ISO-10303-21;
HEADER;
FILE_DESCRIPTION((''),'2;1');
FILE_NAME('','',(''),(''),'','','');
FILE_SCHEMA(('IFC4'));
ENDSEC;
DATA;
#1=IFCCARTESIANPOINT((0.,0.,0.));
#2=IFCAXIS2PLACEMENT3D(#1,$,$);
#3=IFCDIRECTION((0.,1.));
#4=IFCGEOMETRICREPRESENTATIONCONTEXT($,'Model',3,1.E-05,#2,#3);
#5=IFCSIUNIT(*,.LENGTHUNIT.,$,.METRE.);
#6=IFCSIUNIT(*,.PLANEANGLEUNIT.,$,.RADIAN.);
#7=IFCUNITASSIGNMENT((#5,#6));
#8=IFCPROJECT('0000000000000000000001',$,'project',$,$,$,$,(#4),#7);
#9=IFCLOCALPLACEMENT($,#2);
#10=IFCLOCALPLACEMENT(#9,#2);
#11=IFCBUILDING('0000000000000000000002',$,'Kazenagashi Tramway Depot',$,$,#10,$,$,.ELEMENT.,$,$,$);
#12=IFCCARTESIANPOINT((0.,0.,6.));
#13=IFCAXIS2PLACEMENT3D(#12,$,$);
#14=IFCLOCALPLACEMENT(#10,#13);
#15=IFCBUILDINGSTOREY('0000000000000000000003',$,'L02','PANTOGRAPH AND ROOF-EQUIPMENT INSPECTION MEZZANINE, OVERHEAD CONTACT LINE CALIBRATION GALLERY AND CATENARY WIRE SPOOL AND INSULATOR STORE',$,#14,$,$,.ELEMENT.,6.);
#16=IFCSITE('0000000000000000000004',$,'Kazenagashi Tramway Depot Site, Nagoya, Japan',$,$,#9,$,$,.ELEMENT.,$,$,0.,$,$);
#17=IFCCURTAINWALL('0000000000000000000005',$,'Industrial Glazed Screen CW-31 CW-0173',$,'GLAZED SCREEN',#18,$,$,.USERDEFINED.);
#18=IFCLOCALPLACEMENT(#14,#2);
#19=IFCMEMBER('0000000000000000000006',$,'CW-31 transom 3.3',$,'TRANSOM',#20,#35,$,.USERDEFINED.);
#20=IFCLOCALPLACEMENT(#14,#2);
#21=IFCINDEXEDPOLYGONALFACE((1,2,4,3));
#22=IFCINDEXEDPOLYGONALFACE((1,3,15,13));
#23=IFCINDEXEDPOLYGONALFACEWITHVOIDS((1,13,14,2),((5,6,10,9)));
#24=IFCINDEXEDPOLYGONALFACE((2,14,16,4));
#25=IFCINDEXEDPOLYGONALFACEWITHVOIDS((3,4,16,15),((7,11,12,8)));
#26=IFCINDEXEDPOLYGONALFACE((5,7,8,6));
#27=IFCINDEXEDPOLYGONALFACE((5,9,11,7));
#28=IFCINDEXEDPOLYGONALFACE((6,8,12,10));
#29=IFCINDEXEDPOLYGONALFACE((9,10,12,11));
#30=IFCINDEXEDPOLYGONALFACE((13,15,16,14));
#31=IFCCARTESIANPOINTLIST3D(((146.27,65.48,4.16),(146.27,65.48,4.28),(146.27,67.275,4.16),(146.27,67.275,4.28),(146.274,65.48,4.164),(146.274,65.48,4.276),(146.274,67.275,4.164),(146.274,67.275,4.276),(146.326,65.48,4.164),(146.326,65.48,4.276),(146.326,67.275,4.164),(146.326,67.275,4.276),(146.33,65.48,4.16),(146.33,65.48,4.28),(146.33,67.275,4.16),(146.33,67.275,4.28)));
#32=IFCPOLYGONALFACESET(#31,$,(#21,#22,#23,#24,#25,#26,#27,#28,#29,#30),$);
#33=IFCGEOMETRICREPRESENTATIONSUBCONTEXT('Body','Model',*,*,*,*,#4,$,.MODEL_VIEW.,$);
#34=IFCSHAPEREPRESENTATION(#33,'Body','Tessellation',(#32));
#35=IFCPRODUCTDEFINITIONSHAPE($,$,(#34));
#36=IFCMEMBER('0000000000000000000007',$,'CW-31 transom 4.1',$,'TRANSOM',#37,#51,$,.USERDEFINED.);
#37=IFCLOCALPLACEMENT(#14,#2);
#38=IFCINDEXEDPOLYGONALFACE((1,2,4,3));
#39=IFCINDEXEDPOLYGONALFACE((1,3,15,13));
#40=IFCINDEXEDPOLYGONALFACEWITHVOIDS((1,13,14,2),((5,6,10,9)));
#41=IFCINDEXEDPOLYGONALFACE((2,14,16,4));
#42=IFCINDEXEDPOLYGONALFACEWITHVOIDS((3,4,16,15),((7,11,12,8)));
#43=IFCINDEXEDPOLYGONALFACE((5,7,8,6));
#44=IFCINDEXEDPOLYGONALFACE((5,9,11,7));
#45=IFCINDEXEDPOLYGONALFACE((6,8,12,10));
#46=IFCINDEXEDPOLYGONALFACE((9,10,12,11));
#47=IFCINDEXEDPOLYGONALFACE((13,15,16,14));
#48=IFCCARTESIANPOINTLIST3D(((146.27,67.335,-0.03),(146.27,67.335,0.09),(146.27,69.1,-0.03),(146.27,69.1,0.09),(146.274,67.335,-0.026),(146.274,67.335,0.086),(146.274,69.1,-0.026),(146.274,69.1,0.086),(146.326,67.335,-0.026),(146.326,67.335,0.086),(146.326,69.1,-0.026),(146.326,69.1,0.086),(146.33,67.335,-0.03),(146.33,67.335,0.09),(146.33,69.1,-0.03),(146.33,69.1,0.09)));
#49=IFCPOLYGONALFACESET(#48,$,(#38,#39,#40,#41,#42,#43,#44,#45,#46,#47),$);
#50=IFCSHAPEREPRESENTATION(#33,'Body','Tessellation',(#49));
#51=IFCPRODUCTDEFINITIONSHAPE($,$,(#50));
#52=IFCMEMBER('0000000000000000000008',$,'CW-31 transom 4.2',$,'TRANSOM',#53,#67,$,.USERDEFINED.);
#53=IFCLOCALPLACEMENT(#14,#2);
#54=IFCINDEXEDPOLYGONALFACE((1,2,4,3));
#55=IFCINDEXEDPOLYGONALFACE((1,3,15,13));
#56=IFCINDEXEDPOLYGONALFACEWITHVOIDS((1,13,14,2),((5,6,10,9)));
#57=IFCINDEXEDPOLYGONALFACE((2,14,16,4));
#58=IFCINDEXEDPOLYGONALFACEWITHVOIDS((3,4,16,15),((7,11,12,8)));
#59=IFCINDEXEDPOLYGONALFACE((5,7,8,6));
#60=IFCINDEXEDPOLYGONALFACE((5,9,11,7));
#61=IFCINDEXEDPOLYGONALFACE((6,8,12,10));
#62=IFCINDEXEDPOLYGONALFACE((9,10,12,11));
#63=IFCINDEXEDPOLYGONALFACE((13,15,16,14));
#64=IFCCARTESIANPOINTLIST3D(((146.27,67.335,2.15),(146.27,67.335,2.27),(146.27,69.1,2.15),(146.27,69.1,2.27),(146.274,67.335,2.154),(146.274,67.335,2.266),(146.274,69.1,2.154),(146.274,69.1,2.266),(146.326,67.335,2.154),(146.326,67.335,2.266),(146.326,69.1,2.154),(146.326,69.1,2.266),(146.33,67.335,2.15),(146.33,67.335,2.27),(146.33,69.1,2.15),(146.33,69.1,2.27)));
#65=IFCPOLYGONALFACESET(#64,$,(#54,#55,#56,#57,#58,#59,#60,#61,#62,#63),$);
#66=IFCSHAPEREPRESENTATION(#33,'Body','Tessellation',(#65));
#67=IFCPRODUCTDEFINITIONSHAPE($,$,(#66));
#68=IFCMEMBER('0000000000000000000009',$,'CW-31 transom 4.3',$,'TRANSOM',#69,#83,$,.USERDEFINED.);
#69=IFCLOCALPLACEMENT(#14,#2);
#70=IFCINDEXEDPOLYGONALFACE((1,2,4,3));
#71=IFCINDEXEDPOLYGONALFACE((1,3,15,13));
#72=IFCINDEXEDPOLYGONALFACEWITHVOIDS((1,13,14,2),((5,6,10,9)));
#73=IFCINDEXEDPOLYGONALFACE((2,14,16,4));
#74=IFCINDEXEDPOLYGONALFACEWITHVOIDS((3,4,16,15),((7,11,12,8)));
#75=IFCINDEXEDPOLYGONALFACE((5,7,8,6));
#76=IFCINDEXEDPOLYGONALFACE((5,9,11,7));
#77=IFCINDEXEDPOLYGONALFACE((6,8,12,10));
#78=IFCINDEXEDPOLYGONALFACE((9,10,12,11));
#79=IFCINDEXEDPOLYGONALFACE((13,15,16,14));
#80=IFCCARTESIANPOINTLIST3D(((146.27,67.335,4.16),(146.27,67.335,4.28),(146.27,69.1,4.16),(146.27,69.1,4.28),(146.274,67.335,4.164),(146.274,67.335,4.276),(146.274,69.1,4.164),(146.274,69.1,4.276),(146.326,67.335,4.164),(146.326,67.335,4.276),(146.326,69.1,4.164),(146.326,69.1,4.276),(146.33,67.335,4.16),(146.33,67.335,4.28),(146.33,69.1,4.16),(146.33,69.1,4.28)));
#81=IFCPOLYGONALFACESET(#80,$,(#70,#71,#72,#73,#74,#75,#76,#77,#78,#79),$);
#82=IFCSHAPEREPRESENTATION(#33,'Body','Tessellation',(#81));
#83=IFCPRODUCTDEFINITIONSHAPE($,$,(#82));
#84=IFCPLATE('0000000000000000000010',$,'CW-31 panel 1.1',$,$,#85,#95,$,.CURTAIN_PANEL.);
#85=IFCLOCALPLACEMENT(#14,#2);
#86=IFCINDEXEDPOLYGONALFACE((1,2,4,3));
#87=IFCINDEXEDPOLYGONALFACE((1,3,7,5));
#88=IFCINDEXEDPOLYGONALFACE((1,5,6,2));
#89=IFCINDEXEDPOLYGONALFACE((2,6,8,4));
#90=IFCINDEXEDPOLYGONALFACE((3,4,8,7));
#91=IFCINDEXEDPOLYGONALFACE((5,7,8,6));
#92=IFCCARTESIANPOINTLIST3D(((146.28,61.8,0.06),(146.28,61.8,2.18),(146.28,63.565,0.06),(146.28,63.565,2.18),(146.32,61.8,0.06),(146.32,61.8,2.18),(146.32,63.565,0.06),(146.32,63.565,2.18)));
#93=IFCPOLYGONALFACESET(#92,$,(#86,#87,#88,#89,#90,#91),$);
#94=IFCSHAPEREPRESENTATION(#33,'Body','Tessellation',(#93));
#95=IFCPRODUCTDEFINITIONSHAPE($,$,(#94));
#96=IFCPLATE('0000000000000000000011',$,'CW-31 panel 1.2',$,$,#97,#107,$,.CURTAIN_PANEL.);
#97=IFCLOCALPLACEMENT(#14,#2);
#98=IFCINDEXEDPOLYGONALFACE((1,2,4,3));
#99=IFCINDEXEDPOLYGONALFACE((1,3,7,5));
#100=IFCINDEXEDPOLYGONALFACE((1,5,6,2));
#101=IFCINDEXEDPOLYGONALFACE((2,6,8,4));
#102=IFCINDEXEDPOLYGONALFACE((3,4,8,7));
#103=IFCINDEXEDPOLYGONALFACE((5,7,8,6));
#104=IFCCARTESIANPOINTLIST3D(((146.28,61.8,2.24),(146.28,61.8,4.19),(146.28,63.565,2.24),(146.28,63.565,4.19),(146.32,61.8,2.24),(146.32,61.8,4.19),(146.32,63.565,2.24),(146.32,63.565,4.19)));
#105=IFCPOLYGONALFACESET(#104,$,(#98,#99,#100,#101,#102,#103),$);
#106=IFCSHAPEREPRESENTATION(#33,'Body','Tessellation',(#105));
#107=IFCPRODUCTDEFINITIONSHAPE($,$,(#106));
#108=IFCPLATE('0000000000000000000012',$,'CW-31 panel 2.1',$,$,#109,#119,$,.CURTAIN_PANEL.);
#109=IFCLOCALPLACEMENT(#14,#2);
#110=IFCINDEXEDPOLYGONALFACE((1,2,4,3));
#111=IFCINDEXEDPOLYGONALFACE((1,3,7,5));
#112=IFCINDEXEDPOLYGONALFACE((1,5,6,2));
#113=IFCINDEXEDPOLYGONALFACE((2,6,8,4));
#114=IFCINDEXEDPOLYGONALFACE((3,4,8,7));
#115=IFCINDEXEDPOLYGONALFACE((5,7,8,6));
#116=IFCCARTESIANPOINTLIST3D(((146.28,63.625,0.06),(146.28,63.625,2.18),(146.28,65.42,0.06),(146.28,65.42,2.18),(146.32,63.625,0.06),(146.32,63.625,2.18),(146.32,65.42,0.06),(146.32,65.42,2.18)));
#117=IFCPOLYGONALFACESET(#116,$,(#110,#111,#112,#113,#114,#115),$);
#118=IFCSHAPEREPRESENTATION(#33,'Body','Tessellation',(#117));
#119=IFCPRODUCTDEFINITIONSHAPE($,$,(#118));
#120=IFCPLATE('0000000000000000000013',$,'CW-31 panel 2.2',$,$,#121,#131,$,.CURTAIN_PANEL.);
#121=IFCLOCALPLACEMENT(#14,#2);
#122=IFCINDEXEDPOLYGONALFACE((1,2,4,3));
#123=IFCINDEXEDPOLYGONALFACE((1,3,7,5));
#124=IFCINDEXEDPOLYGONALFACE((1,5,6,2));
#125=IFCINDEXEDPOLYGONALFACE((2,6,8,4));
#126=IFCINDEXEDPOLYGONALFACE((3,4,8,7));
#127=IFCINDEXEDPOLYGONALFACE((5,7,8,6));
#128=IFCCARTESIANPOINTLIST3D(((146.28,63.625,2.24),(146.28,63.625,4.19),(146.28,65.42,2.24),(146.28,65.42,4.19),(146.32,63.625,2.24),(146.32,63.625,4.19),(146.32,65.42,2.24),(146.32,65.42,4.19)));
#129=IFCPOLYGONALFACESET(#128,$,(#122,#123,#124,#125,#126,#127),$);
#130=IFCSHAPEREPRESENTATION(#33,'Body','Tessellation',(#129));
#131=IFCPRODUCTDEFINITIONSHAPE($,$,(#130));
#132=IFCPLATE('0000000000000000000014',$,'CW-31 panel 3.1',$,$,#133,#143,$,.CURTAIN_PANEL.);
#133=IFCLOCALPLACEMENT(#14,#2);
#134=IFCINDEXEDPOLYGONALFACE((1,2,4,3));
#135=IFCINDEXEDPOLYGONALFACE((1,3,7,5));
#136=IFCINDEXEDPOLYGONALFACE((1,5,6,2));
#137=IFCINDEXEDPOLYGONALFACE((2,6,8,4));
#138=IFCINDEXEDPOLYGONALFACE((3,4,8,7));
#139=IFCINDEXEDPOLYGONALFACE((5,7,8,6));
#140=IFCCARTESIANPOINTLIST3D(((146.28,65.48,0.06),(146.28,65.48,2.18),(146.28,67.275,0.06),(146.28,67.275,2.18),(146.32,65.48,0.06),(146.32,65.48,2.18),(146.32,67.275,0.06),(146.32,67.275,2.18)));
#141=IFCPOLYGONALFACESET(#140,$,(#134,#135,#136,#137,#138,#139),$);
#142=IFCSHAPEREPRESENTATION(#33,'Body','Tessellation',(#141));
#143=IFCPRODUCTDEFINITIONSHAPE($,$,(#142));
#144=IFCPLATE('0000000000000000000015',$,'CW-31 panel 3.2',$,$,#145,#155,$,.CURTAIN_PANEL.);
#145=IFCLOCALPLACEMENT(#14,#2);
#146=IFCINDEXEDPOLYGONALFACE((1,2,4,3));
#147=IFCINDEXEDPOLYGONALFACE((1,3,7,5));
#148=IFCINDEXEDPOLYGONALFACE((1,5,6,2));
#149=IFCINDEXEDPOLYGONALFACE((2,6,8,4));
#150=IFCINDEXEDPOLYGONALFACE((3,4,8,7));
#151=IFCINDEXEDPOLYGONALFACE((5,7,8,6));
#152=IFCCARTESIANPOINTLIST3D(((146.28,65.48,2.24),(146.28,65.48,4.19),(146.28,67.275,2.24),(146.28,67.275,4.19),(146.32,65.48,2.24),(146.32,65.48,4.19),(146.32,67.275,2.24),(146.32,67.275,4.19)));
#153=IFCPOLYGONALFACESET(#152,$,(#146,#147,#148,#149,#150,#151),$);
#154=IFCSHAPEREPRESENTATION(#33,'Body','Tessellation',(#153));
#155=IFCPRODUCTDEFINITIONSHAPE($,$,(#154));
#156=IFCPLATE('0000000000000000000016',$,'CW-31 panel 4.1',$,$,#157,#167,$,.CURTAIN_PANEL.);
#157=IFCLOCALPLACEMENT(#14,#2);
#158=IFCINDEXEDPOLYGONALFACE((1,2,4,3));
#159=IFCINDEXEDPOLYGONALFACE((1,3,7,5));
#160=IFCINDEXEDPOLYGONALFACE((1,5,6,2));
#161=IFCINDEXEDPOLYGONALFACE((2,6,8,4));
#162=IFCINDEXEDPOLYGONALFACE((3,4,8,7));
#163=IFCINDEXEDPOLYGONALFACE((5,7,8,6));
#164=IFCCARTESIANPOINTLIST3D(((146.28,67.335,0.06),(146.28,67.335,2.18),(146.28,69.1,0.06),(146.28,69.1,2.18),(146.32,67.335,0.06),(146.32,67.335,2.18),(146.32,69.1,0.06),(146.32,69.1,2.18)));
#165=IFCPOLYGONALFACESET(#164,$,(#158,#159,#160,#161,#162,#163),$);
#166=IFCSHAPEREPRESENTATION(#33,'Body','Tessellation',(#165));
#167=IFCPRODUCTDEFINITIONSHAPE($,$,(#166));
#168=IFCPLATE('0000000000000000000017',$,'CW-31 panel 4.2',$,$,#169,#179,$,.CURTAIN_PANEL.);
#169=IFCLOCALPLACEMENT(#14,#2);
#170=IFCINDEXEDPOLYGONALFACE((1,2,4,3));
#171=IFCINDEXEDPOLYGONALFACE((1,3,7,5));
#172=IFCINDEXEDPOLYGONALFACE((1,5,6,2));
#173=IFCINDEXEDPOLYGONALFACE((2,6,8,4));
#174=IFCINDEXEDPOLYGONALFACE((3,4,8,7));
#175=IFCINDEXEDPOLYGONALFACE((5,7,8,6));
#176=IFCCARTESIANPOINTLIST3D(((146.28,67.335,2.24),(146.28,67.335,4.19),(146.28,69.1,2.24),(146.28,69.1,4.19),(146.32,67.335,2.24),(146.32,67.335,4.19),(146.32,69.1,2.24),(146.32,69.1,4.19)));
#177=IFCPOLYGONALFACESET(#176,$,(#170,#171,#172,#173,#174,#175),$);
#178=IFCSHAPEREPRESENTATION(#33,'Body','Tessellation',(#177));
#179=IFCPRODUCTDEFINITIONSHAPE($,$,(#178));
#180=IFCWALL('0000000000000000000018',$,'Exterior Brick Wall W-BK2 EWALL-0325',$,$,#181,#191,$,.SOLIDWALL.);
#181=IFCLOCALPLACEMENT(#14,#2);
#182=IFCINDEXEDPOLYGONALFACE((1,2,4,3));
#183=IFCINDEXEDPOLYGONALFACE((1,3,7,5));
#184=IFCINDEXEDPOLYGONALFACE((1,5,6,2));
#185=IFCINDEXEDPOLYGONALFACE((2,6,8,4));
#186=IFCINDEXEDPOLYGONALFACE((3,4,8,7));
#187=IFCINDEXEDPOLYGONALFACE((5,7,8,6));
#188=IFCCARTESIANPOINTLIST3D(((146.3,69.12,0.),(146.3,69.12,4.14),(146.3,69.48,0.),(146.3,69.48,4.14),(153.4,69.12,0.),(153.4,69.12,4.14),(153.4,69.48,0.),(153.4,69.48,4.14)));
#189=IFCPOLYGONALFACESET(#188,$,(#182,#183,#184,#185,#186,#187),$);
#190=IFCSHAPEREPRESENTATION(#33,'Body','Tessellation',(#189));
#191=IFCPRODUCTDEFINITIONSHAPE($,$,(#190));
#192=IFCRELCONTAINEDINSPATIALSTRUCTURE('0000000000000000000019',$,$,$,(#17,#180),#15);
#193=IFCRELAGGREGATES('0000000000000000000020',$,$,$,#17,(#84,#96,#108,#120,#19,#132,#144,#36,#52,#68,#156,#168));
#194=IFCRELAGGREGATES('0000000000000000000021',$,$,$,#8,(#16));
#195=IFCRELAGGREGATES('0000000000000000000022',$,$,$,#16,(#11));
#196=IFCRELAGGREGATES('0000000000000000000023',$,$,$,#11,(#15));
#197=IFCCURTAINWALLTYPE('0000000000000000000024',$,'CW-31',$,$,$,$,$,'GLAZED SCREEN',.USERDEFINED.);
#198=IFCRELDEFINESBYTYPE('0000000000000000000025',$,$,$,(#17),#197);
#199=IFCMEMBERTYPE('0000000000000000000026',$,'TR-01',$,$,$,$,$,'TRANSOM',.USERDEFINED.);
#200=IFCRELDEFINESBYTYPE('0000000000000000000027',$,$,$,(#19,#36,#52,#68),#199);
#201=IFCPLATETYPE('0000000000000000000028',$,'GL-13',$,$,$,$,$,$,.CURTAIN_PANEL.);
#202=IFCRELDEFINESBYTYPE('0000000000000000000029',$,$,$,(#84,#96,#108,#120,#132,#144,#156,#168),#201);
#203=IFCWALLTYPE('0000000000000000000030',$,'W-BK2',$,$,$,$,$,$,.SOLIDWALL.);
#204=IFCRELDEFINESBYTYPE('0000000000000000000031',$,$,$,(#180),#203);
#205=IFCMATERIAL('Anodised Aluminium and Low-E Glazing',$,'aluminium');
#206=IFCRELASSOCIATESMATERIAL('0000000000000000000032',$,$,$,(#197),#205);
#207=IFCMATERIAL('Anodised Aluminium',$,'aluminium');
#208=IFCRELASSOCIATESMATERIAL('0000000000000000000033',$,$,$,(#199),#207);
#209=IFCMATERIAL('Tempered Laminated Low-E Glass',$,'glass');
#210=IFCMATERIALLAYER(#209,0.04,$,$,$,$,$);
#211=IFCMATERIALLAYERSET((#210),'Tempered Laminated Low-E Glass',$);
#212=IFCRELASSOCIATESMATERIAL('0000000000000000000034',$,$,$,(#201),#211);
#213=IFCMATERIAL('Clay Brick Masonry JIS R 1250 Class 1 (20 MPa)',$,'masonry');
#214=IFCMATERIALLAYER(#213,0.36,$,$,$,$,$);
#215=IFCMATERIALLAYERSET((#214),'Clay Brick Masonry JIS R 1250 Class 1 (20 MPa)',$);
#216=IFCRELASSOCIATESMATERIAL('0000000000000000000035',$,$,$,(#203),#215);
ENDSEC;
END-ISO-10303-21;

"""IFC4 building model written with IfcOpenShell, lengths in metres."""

from ifc_helpers import new_model, si_unit, direction, frame, frame_2d, origin, origin_2d, place, context, subcontext, project, spatial, rectangle, hollow_rectangle, extrude, material, layer, layer_set, material_profile, profile_set, type_object, element, aggregate, save


model = new_model("IFC4")

# Units and contexts
model_context = context("Model", 3, precision=1e-05, world=origin(), true_north=direction((0.0, 1.0)))
body_context = subcontext(model_context, "Body", "Model", "MODEL_VIEW")
ifc_project = project(units=[si_unit("LENGTHUNIT", "METRE"), si_unit("PLANEANGLEUNIT", "RADIAN")], contexts=[model_context])

# Site, building, storey
site_placement = place(None, origin())
site = spatial("IfcSite", under=ifc_project, at=site_placement, Name="Kazenagashi Tramway Depot Site, Nagoya, Japan", CompositionType="ELEMENT", RefElevation=0.0)
building_placement = place(site_placement, origin())
building = spatial("IfcBuilding", under=site, at=building_placement, Name="Kazenagashi Tramway Depot", CompositionType="ELEMENT")
storey_placement = place(building_placement, frame((0.0, 0.0, 6.0)))
storey = spatial("IfcBuildingStorey", under=building, at=storey_placement, Name="L02", Description="PANTOGRAPH AND ROOF-EQUIPMENT INSPECTION MEZZANINE, OVERHEAD CONTACT LINE CALIBRATION GALLERY AND CATENARY WIRE SPOOL AND INSULATOR STORE", CompositionType="ELEMENT", Elevation=6.0)

# Curtain wall
ifc_material_1 = material(Name="Anodised Aluminium and Low-E Glazing", Category="aluminium")
curtain_wall_type = type_object("IfcCurtainWallType", Name="CW-31", ElementType="GLAZED SCREEN", PredefinedType="USERDEFINED", material=ifc_material_1)
curtain_wall_placement = place(storey_placement, origin())
curtain_wall = element("IfcCurtainWall", 1, at=curtain_wall_placement, inside=storey, type_object=curtain_wall_type, Name="Industrial Glazed Screen CW-31 CW-0173", ObjectType="GLAZED SCREEN", PredefinedType="USERDEFINED")
ifc_material_2 = material(Name="Anodised Aluminium", Category="aluminium")

# Members
ifc_material_profile_1 = material_profile(ifc_material_2, hollow_rectangle(XDim=0.06, YDim=0.12, WallThickness=0.004, at=origin_2d()), Name="RHS-120x60x4")
ifc_profile_set_1 = profile_set([ifc_material_profile_1], Name="Anodised Aluminium")
member_type_1 = type_object("IfcMemberType", Name="TR-01", ElementType="TRANSOM", PredefinedType="USERDEFINED", material=ifc_profile_set_1)
member_1_placement = place(storey_placement, frame((146.3, 65.48, 4.22), z_axis=(0.0, 1.0, 0.0), x_axis=(-1.0, 0.0, 0.0)))
member_1 = element("IfcMember", 2, at=member_1_placement, type_object=member_type_1, Name="CW-31 transom 3.3", ObjectType="TRANSOM", PredefinedType="USERDEFINED", context=body_context, shape_type="SweptSolid", body=[
    extrude(hollow_rectangle(XDim=0.06, YDim=0.12, WallThickness=0.004, at=origin_2d()), origin(), (0.0, 0.0, 1.0), 1.795),
])
member_2_placement = place(storey_placement, frame((146.3, 67.335, 0.03), z_axis=(0.0, 1.0, 0.0), x_axis=(-1.0, 0.0, 0.0)))
member_2 = element("IfcMember", 3, at=member_2_placement, type_object=member_type_1, Name="CW-31 transom 4.1", ObjectType="TRANSOM", PredefinedType="USERDEFINED", context=body_context, shape_type="SweptSolid", body=[
    extrude(hollow_rectangle(XDim=0.06, YDim=0.12, WallThickness=0.004, at=origin_2d()), origin(), (0.0, 0.0, 1.0), 1.765),
])
member_3_placement = place(storey_placement, frame((146.3, 67.335, 2.21), z_axis=(0.0, 1.0, 0.0), x_axis=(-1.0, 0.0, 0.0)))
member_3 = element("IfcMember", 4, at=member_3_placement, type_object=member_type_1, Name="CW-31 transom 4.2", ObjectType="TRANSOM", PredefinedType="USERDEFINED", context=body_context, shape_type="SweptSolid", body=[
    extrude(hollow_rectangle(XDim=0.06, YDim=0.12, WallThickness=0.004, at=origin_2d()), origin(), (0.0, 0.0, 1.0), 1.765),
])
member_4_placement = place(storey_placement, frame((146.3, 67.335, 4.22), z_axis=(0.0, 1.0, 0.0), x_axis=(-1.0, 0.0, 0.0)))
member_4 = element("IfcMember", 5, at=member_4_placement, type_object=member_type_1, Name="CW-31 transom 4.3", ObjectType="TRANSOM", PredefinedType="USERDEFINED", context=body_context, shape_type="SweptSolid", body=[
    extrude(hollow_rectangle(XDim=0.06, YDim=0.12, WallThickness=0.004, at=origin_2d()), origin(), (0.0, 0.0, 1.0), 1.765),
])

# Plates
ifc_material_3 = material(Name="Tempered Laminated Low-E Glass", Category="glass")
ifc_layer_1 = layer(ifc_material_3, 0.04)
ifc_layer_set_1 = layer_set([ifc_layer_1], Name="Tempered Laminated Low-E Glass")
plate_type = type_object("IfcPlateType", Name="GL-13", PredefinedType="CURTAIN_PANEL", material=ifc_layer_set_1)
plate_1_placement = place(storey_placement, frame((146.3, 62.6825, 0.06), z_axis=(0.0, 0.0, 1.0), x_axis=(0.0, 1.0, 0.0)))
plate_1 = element("IfcPlate", 6, at=plate_1_placement, type_object=plate_type, Name="CW-31 panel 1.1", PredefinedType="CURTAIN_PANEL", context=body_context, shape_type="SweptSolid", body=[
    extrude(rectangle(XDim=1.765, YDim=0.04, at=origin_2d()), origin(), (0.0, 0.0, 1.0), 2.12),
])
plate_2_placement = place(storey_placement, frame((146.3, 62.6825, 2.24), z_axis=(0.0, 0.0, 1.0), x_axis=(0.0, 1.0, 0.0)))
plate_2 = element("IfcPlate", 7, at=plate_2_placement, type_object=plate_type, Name="CW-31 panel 1.2", PredefinedType="CURTAIN_PANEL", context=body_context, shape_type="SweptSolid", body=[
    extrude(rectangle(XDim=1.765, YDim=0.04, at=origin_2d()), origin(), (0.0, 0.0, 1.0), 1.95),
])
plate_3_placement = place(storey_placement, frame((146.3, 64.5225, 0.06), z_axis=(0.0, 0.0, 1.0), x_axis=(0.0, 1.0, 0.0)))
plate_3 = element("IfcPlate", 8, at=plate_3_placement, type_object=plate_type, Name="CW-31 panel 2.1", PredefinedType="CURTAIN_PANEL", context=body_context, shape_type="SweptSolid", body=[
    extrude(rectangle(XDim=1.795, YDim=0.04, at=origin_2d()), origin(), (0.0, 0.0, 1.0), 2.12),
])
plate_4_placement = place(storey_placement, frame((146.3, 64.5225, 2.24), z_axis=(0.0, 0.0, 1.0), x_axis=(0.0, 1.0, 0.0)))
plate_4 = element("IfcPlate", 9, at=plate_4_placement, type_object=plate_type, Name="CW-31 panel 2.2", PredefinedType="CURTAIN_PANEL", context=body_context, shape_type="SweptSolid", body=[
    extrude(rectangle(XDim=1.795, YDim=0.04, at=origin_2d()), origin(), (0.0, 0.0, 1.0), 1.95),
])
plate_5_placement = place(storey_placement, frame((146.3, 66.3775, 0.06), z_axis=(0.0, 0.0, 1.0), x_axis=(0.0, 1.0, 0.0)))
plate_5 = element("IfcPlate", 10, at=plate_5_placement, type_object=plate_type, Name="CW-31 panel 3.1", PredefinedType="CURTAIN_PANEL", context=body_context, shape_type="SweptSolid", body=[
    extrude(rectangle(XDim=1.795, YDim=0.04, at=origin_2d()), origin(), (0.0, 0.0, 1.0), 2.12),
])
plate_6_placement = place(storey_placement, frame((146.3, 66.3775, 2.24), z_axis=(0.0, 0.0, 1.0), x_axis=(0.0, 1.0, 0.0)))
plate_6 = element("IfcPlate", 11, at=plate_6_placement, type_object=plate_type, Name="CW-31 panel 3.2", PredefinedType="CURTAIN_PANEL", context=body_context, shape_type="SweptSolid", body=[
    extrude(rectangle(XDim=1.795, YDim=0.04, at=origin_2d()), origin(), (0.0, 0.0, 1.0), 1.95),
])
plate_7_placement = place(storey_placement, frame((146.3, 68.2175, 0.06), z_axis=(0.0, 0.0, 1.0), x_axis=(0.0, 1.0, 0.0)))
plate_7 = element("IfcPlate", 12, at=plate_7_placement, type_object=plate_type, Name="CW-31 panel 4.1", PredefinedType="CURTAIN_PANEL", context=body_context, shape_type="SweptSolid", body=[
    extrude(rectangle(XDim=1.765, YDim=0.04, at=origin_2d()), origin(), (0.0, 0.0, 1.0), 2.12),
])
plate_8_placement = place(storey_placement, frame((146.3, 68.2175, 2.24), z_axis=(0.0, 0.0, 1.0), x_axis=(0.0, 1.0, 0.0)))
plate_8 = element("IfcPlate", 13, at=plate_8_placement, type_object=plate_type, Name="CW-31 panel 4.2", PredefinedType="CURTAIN_PANEL", context=body_context, shape_type="SweptSolid", body=[
    extrude(rectangle(XDim=1.765, YDim=0.04, at=origin_2d()), origin(), (0.0, 0.0, 1.0), 1.95),
])
aggregate(curtain_wall, [plate_1, plate_2, plate_3, plate_4, member_1, plate_5, plate_6, member_2, member_3, member_4, plate_7, plate_8])

# Wall
ifc_material_4 = material(Name="Clay Brick Masonry JIS R 1250 Class 1 (20 MPa)", Category="masonry")
ifc_layer_2 = layer(ifc_material_4, 0.36)
ifc_layer_set_2 = layer_set([ifc_layer_2], Name="Clay Brick Masonry JIS R 1250 Class 1 (20 MPa)")
wall_type_1 = type_object("IfcWallType", Name="W-BK2", PredefinedType="SOLIDWALL", material=ifc_layer_set_2)
for number, where, z_axis, x_axis, name in (
    (14, (146.3, 69.3, 0.0), (0.0, 0.0, 1.0), (1.0, 0.0, 0.0), "Exterior Brick Wall W-BK2 EWALL-0325"),
):
    element("IfcWall", number, at=place(storey_placement, frame(where, z_axis=z_axis, x_axis=x_axis)), inside=storey, type_object=wall_type_1, Name=name, PredefinedType="SOLIDWALL", context=body_context, shape_type="SweptSolid", body=[
        extrude(rectangle(XDim=7.1, YDim=0.36, at=frame_2d((3.55, 0.0))), origin(), (0.0, 0.0, 1.0), 4.14),
    ])

save(model, "model.ifc")
